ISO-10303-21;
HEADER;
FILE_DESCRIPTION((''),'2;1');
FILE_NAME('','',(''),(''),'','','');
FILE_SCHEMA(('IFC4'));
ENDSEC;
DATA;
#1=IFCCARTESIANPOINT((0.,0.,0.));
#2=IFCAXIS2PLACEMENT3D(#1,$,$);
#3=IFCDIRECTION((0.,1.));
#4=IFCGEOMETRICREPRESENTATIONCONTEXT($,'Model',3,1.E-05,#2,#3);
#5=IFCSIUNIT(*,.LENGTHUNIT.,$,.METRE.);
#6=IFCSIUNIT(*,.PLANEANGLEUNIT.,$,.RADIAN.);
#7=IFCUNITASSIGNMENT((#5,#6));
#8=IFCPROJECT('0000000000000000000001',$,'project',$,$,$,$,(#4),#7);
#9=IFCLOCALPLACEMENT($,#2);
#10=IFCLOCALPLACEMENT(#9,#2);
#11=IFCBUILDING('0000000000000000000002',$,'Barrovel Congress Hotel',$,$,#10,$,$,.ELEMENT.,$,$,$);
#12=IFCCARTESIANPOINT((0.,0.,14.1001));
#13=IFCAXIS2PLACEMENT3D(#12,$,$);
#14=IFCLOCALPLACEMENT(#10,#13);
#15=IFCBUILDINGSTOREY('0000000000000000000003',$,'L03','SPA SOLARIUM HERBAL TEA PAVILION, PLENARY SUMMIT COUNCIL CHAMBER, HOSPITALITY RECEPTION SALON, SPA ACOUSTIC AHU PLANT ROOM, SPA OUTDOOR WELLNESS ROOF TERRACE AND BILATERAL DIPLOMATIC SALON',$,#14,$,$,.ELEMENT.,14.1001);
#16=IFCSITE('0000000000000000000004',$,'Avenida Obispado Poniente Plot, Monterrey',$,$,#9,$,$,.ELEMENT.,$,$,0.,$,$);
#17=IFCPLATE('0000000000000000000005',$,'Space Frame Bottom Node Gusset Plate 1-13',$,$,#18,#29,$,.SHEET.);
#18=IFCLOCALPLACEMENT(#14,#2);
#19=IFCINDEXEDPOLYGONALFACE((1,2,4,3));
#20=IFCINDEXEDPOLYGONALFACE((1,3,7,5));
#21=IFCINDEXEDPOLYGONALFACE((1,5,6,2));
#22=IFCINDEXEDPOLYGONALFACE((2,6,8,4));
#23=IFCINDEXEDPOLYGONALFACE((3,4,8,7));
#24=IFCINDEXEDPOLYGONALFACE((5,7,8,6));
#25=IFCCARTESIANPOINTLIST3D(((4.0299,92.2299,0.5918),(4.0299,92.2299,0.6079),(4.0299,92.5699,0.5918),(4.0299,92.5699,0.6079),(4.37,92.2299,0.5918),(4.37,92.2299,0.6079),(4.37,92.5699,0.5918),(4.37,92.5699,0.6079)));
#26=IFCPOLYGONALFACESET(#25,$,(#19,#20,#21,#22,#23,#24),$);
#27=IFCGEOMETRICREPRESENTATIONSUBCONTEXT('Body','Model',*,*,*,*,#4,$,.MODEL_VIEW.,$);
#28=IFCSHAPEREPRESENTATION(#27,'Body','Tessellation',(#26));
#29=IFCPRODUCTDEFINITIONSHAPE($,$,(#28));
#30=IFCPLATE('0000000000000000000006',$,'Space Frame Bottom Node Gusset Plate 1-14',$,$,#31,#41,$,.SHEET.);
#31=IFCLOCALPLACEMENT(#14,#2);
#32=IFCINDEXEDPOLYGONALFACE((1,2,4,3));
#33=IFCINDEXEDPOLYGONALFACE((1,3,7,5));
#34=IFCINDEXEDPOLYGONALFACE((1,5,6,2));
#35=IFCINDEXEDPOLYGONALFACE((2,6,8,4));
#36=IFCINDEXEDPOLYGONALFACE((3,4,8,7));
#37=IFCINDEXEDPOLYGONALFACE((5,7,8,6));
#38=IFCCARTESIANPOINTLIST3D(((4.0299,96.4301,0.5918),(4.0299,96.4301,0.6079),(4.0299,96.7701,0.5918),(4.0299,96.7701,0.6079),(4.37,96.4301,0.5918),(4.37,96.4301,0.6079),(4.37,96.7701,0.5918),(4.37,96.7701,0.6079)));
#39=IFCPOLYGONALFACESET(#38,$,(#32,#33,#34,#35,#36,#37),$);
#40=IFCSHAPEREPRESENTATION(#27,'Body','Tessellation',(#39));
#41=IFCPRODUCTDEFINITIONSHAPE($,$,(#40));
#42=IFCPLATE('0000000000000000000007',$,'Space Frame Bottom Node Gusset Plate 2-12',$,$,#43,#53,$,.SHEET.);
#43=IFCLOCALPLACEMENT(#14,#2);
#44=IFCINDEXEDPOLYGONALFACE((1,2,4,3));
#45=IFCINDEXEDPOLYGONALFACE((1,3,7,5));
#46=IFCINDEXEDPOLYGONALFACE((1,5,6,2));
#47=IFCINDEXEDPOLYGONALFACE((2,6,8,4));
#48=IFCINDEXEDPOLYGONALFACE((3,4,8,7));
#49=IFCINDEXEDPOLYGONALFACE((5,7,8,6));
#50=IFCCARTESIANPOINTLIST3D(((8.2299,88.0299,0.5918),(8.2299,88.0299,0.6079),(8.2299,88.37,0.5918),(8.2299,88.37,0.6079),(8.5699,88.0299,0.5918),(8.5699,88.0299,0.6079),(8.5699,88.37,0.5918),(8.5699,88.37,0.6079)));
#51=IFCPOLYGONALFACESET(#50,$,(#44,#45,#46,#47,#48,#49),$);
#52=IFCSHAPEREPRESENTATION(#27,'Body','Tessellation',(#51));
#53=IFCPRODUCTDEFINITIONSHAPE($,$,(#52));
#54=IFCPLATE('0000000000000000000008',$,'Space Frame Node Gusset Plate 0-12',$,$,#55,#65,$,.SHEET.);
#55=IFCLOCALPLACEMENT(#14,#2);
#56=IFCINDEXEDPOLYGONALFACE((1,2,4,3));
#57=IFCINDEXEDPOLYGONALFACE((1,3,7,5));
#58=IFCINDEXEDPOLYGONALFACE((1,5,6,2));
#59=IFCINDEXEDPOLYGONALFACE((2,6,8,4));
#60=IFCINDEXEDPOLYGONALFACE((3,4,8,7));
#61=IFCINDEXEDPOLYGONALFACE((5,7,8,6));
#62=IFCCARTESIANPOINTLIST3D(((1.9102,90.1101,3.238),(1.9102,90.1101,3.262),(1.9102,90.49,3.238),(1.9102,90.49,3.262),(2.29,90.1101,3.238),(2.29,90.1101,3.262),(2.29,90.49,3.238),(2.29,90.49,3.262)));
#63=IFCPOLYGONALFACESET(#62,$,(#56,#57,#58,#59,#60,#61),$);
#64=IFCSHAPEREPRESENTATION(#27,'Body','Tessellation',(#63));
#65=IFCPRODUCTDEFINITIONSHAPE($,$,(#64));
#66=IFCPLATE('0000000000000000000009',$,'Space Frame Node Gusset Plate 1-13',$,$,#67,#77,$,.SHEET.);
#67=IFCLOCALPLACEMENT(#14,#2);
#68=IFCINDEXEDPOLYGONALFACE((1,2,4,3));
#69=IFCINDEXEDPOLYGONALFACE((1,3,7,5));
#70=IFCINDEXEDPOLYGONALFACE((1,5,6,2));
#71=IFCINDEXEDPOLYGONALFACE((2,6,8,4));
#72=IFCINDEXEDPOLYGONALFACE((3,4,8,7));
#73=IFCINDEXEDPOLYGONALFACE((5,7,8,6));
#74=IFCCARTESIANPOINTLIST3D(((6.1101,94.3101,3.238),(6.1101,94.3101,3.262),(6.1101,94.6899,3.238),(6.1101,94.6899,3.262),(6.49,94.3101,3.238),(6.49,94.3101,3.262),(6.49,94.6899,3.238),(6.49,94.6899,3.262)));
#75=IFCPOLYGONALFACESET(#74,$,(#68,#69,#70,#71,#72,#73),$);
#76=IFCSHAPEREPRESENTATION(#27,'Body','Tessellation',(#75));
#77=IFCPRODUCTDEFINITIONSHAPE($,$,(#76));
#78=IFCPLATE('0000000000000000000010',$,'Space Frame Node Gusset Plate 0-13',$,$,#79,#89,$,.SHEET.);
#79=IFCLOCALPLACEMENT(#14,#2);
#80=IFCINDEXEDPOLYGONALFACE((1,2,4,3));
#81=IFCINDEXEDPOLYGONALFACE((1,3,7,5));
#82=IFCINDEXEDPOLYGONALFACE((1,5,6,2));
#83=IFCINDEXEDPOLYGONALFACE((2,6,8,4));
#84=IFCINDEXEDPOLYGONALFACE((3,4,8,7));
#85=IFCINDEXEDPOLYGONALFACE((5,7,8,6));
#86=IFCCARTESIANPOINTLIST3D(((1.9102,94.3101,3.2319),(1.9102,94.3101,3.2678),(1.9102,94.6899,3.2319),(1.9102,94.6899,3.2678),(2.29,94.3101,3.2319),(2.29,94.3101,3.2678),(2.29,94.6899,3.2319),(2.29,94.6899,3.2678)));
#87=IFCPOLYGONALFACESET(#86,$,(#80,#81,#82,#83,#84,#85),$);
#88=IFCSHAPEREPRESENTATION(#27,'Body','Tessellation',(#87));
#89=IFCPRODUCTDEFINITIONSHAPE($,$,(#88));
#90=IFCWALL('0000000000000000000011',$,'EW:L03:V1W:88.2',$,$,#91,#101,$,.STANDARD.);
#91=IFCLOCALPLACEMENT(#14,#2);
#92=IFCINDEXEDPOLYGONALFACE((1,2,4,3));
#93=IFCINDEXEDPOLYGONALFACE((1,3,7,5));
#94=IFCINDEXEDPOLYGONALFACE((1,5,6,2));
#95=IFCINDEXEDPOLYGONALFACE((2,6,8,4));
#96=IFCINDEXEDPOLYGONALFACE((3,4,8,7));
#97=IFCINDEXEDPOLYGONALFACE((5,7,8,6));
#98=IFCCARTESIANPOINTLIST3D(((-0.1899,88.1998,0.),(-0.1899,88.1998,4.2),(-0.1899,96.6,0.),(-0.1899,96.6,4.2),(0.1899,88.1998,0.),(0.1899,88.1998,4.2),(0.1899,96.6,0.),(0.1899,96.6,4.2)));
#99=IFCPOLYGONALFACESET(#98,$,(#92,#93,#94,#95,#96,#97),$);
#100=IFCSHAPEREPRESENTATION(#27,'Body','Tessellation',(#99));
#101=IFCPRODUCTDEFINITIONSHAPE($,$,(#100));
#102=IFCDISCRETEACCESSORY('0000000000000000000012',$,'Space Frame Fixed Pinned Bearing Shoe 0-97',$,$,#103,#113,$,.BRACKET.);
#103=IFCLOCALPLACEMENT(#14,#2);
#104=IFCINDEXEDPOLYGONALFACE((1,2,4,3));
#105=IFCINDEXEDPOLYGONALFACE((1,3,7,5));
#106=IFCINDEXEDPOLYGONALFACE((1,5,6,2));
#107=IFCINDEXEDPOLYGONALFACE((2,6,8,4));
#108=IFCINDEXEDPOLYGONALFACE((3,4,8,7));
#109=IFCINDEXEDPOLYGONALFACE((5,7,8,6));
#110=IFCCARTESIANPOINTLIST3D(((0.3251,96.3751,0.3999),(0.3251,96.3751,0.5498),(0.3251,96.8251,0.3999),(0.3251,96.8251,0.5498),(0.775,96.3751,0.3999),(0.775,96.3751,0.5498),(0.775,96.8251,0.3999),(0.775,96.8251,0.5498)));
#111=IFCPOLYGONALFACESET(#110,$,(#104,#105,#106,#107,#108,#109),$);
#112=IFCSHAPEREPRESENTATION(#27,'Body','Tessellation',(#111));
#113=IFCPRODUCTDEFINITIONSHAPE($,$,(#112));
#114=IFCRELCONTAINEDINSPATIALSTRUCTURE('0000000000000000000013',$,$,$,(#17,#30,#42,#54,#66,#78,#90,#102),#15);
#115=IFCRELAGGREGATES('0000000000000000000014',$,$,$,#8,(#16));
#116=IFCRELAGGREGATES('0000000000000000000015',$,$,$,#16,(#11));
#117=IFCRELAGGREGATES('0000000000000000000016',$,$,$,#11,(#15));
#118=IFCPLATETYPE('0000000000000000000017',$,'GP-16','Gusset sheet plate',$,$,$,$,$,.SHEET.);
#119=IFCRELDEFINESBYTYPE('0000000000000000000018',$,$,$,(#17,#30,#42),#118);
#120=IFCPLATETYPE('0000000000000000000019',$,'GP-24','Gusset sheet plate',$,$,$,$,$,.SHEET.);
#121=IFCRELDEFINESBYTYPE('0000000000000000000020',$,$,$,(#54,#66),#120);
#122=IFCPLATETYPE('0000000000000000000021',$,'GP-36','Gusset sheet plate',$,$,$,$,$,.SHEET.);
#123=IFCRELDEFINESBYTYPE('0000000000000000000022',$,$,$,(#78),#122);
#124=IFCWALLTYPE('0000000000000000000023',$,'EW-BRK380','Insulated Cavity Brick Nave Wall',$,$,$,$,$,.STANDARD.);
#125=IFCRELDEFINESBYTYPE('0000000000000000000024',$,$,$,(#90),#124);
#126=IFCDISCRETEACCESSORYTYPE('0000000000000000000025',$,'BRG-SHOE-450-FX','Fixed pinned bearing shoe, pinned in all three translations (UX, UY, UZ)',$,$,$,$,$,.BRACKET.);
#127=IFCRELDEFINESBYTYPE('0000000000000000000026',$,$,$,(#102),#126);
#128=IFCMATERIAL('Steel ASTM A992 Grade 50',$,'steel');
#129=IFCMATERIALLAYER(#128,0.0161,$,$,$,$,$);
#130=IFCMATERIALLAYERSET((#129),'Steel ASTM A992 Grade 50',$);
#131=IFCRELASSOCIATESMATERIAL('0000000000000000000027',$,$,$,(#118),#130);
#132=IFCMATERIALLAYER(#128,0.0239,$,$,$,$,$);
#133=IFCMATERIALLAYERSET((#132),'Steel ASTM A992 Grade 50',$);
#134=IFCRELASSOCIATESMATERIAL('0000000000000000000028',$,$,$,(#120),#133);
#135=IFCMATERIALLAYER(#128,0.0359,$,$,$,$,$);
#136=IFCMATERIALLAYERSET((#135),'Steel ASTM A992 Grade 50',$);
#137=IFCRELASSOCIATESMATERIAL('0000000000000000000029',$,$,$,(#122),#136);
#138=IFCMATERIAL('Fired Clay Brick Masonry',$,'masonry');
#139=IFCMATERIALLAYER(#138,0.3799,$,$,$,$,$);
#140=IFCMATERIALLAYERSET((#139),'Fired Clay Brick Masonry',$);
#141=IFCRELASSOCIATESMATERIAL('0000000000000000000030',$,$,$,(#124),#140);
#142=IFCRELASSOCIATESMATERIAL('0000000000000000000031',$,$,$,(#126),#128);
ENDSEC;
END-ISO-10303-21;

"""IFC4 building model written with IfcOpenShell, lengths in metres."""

from ifc_helpers import new_model, si_unit, direction, frame, frame_2d, origin, origin_2d, place, context, subcontext, project, spatial, rectangle, extrude, material, layer, layer_set, type_object, element, save


model = new_model("IFC4")

# Units and contexts
model_context = context("Model", 3, precision=1e-05, world=origin(), true_north=direction((0.0, 1.0)))
body_context = subcontext(model_context, "Body", "Model", "MODEL_VIEW")
ifc_project = project(units=[si_unit("LENGTHUNIT", "METRE"), si_unit("PLANEANGLEUNIT", "RADIAN")], contexts=[model_context])

# Site, building, storey
site_placement = place(None, origin())
site = spatial("IfcSite", under=ifc_project, at=site_placement, Name="Avenida Obispado Poniente Plot, Monterrey", CompositionType="ELEMENT", RefElevation=0.0)
building_placement = place(site_placement, origin())
building = spatial("IfcBuilding", under=site, at=building_placement, Name="Barrovel Congress Hotel", CompositionType="ELEMENT")
storey_placement = place(building_placement, frame((0.0, 0.0, 14.1001)))
storey = spatial("IfcBuildingStorey", under=building, at=storey_placement, Name="L03", Description="SPA SOLARIUM HERBAL TEA PAVILION, PLENARY SUMMIT COUNCIL CHAMBER, HOSPITALITY RECEPTION SALON, SPA ACOUSTIC AHU PLANT ROOM, SPA OUTDOOR WELLNESS ROOF TERRACE AND BILATERAL DIPLOMATIC SALON", CompositionType="ELEMENT", Elevation=14.1001)

# Shared definitions
ifc_material_1 = material(Name="Steel ASTM A992 Grade 50", Category="steel")

# Plates
ifc_layer_1 = layer(ifc_material_1, 0.0161)
ifc_layer_set_1 = layer_set([ifc_layer_1], Name="Steel ASTM A992 Grade 50")
plate_type_1 = type_object("IfcPlateType", Name="GP-16", Description="Gusset sheet plate", PredefinedType="SHEET", material=ifc_layer_set_1)
for number, where, z_axis, x_axis, name in (
    (1, (4.2, 92.3999, 0.5918), (0.0, 0.0, 1.0), (1.0, 0.0, 0.0), "Space Frame Bottom Node Gusset Plate 1-13"),
    (2, (4.2, 96.6001, 0.5918), (0.0, 0.0, 1.0), (1.0, 0.0, 0.0), "Space Frame Bottom Node Gusset Plate 1-14"),
    (3, (8.3999, 88.2, 0.5918), (0.0, 0.0, 1.0), (1.0, 0.0, 0.0), "Space Frame Bottom Node Gusset Plate 2-12"),
):
    element("IfcPlate", number, at=place(storey_placement, frame(where, z_axis=z_axis, x_axis=x_axis)), inside=storey, type_object=plate_type_1, Name=name, PredefinedType="SHEET", context=body_context, shape_type="SweptSolid", body=[
        extrude(rectangle(XDim=0.3401, YDim=0.3401, at=origin_2d()), origin(), (0.0, 0.0, 1.0), 0.0161),
    ])
ifc_layer_2 = layer(ifc_material_1, 0.0239)
ifc_layer_set_2 = layer_set([ifc_layer_2], Name="Steel ASTM A992 Grade 50")
plate_type_2 = type_object("IfcPlateType", Name="GP-24", Description="Gusset sheet plate", PredefinedType="SHEET", material=ifc_layer_set_2)
for number, where, z_axis, x_axis, name in (
    (4, (2.1001, 90.3, 3.238), (0.0, 0.0, 1.0), (1.0, 0.0, 0.0), "Space Frame Node Gusset Plate 0-12"),
    (5, (6.3, 94.5, 3.238), (0.0, 0.0, 1.0), (1.0, 0.0, 0.0), "Space Frame Node Gusset Plate 1-13"),
):
    element("IfcPlate", number, at=place(storey_placement, frame(where, z_axis=z_axis, x_axis=x_axis)), inside=storey, type_object=plate_type_2, Name=name, PredefinedType="SHEET", context=body_context, shape_type="SweptSolid", body=[
        extrude(rectangle(XDim=0.3799, YDim=0.3799, at=origin_2d()), origin(), (0.0, 0.0, 1.0), 0.0239),
    ])
ifc_layer_3 = layer(ifc_material_1, 0.0359)
ifc_layer_set_3 = layer_set([ifc_layer_3], Name="Steel ASTM A992 Grade 50")
plate_type_3 = type_object("IfcPlateType", Name="GP-36", Description="Gusset sheet plate", PredefinedType="SHEET", material=ifc_layer_set_3)
plate_1_placement = place(storey_placement, frame((2.1001, 94.5, 3.2319), z_axis=(0.0, 0.0, 1.0), x_axis=(1.0, 0.0, 0.0)))
element("IfcPlate", 6, at=plate_1_placement, inside=storey, type_object=plate_type_3, Name="Space Frame Node Gusset Plate 0-13", PredefinedType="SHEET", context=body_context, shape_type="SweptSolid", body=[
    extrude(rectangle(XDim=0.3799, YDim=0.3799, at=origin_2d()), origin(), (0.0, 0.0, 1.0), 0.0359),
])

# Wall
ifc_material_2 = material(Name="Fired Clay Brick Masonry", Category="masonry")
ifc_layer_4 = layer(ifc_material_2, 0.3799)
ifc_layer_set_4 = layer_set([ifc_layer_4], Name="Fired Clay Brick Masonry")
wall_type = type_object("IfcWallType", Name="EW-BRK380", Description="Insulated Cavity Brick Nave Wall", PredefinedType="STANDARD", material=ifc_layer_set_4)
wall_placement = place(storey_placement, frame((0.0, 96.6001, 0.0), z_axis=(0.0, 0.0, 1.0), x_axis=(0.0, -1.0, 0.0)))
element("IfcWall", 7, at=wall_placement, inside=storey, type_object=wall_type, Name="EW:L03:V1W:88.2", PredefinedType="STANDARD", context=body_context, shape_type="SweptSolid", body=[
    extrude(rectangle(XDim=8.4001, YDim=0.3799, at=frame_2d((4.2002, 0.0))), origin(), (0.0, 0.0, 1.0), 4.2),
])

# Discrete accessory
discrete_accessory_type = type_object("IfcDiscreteAccessoryType", Name="BRG-SHOE-450-FX", Description="Fixed pinned bearing shoe, pinned in all three translations (UX, UY, UZ)", PredefinedType="BRACKET", material=ifc_material_1)
discrete_accessory_placement = place(storey_placement, frame((0.55, 96.6001, 0.3999), z_axis=(0.0, 0.0, 1.0), x_axis=(1.0, 0.0, 0.0)))
element("IfcDiscreteAccessory", 8, at=discrete_accessory_placement, inside=storey, type_object=discrete_accessory_type, Name="Space Frame Fixed Pinned Bearing Shoe 0-97", PredefinedType="BRACKET", context=body_context, shape_type="SweptSolid", body=[
    extrude(rectangle(XDim=0.45, YDim=0.45, at=origin_2d()), origin(), (0.0, 0.0, 1.0), 0.1499),
])

save(model, "model.ifc")
